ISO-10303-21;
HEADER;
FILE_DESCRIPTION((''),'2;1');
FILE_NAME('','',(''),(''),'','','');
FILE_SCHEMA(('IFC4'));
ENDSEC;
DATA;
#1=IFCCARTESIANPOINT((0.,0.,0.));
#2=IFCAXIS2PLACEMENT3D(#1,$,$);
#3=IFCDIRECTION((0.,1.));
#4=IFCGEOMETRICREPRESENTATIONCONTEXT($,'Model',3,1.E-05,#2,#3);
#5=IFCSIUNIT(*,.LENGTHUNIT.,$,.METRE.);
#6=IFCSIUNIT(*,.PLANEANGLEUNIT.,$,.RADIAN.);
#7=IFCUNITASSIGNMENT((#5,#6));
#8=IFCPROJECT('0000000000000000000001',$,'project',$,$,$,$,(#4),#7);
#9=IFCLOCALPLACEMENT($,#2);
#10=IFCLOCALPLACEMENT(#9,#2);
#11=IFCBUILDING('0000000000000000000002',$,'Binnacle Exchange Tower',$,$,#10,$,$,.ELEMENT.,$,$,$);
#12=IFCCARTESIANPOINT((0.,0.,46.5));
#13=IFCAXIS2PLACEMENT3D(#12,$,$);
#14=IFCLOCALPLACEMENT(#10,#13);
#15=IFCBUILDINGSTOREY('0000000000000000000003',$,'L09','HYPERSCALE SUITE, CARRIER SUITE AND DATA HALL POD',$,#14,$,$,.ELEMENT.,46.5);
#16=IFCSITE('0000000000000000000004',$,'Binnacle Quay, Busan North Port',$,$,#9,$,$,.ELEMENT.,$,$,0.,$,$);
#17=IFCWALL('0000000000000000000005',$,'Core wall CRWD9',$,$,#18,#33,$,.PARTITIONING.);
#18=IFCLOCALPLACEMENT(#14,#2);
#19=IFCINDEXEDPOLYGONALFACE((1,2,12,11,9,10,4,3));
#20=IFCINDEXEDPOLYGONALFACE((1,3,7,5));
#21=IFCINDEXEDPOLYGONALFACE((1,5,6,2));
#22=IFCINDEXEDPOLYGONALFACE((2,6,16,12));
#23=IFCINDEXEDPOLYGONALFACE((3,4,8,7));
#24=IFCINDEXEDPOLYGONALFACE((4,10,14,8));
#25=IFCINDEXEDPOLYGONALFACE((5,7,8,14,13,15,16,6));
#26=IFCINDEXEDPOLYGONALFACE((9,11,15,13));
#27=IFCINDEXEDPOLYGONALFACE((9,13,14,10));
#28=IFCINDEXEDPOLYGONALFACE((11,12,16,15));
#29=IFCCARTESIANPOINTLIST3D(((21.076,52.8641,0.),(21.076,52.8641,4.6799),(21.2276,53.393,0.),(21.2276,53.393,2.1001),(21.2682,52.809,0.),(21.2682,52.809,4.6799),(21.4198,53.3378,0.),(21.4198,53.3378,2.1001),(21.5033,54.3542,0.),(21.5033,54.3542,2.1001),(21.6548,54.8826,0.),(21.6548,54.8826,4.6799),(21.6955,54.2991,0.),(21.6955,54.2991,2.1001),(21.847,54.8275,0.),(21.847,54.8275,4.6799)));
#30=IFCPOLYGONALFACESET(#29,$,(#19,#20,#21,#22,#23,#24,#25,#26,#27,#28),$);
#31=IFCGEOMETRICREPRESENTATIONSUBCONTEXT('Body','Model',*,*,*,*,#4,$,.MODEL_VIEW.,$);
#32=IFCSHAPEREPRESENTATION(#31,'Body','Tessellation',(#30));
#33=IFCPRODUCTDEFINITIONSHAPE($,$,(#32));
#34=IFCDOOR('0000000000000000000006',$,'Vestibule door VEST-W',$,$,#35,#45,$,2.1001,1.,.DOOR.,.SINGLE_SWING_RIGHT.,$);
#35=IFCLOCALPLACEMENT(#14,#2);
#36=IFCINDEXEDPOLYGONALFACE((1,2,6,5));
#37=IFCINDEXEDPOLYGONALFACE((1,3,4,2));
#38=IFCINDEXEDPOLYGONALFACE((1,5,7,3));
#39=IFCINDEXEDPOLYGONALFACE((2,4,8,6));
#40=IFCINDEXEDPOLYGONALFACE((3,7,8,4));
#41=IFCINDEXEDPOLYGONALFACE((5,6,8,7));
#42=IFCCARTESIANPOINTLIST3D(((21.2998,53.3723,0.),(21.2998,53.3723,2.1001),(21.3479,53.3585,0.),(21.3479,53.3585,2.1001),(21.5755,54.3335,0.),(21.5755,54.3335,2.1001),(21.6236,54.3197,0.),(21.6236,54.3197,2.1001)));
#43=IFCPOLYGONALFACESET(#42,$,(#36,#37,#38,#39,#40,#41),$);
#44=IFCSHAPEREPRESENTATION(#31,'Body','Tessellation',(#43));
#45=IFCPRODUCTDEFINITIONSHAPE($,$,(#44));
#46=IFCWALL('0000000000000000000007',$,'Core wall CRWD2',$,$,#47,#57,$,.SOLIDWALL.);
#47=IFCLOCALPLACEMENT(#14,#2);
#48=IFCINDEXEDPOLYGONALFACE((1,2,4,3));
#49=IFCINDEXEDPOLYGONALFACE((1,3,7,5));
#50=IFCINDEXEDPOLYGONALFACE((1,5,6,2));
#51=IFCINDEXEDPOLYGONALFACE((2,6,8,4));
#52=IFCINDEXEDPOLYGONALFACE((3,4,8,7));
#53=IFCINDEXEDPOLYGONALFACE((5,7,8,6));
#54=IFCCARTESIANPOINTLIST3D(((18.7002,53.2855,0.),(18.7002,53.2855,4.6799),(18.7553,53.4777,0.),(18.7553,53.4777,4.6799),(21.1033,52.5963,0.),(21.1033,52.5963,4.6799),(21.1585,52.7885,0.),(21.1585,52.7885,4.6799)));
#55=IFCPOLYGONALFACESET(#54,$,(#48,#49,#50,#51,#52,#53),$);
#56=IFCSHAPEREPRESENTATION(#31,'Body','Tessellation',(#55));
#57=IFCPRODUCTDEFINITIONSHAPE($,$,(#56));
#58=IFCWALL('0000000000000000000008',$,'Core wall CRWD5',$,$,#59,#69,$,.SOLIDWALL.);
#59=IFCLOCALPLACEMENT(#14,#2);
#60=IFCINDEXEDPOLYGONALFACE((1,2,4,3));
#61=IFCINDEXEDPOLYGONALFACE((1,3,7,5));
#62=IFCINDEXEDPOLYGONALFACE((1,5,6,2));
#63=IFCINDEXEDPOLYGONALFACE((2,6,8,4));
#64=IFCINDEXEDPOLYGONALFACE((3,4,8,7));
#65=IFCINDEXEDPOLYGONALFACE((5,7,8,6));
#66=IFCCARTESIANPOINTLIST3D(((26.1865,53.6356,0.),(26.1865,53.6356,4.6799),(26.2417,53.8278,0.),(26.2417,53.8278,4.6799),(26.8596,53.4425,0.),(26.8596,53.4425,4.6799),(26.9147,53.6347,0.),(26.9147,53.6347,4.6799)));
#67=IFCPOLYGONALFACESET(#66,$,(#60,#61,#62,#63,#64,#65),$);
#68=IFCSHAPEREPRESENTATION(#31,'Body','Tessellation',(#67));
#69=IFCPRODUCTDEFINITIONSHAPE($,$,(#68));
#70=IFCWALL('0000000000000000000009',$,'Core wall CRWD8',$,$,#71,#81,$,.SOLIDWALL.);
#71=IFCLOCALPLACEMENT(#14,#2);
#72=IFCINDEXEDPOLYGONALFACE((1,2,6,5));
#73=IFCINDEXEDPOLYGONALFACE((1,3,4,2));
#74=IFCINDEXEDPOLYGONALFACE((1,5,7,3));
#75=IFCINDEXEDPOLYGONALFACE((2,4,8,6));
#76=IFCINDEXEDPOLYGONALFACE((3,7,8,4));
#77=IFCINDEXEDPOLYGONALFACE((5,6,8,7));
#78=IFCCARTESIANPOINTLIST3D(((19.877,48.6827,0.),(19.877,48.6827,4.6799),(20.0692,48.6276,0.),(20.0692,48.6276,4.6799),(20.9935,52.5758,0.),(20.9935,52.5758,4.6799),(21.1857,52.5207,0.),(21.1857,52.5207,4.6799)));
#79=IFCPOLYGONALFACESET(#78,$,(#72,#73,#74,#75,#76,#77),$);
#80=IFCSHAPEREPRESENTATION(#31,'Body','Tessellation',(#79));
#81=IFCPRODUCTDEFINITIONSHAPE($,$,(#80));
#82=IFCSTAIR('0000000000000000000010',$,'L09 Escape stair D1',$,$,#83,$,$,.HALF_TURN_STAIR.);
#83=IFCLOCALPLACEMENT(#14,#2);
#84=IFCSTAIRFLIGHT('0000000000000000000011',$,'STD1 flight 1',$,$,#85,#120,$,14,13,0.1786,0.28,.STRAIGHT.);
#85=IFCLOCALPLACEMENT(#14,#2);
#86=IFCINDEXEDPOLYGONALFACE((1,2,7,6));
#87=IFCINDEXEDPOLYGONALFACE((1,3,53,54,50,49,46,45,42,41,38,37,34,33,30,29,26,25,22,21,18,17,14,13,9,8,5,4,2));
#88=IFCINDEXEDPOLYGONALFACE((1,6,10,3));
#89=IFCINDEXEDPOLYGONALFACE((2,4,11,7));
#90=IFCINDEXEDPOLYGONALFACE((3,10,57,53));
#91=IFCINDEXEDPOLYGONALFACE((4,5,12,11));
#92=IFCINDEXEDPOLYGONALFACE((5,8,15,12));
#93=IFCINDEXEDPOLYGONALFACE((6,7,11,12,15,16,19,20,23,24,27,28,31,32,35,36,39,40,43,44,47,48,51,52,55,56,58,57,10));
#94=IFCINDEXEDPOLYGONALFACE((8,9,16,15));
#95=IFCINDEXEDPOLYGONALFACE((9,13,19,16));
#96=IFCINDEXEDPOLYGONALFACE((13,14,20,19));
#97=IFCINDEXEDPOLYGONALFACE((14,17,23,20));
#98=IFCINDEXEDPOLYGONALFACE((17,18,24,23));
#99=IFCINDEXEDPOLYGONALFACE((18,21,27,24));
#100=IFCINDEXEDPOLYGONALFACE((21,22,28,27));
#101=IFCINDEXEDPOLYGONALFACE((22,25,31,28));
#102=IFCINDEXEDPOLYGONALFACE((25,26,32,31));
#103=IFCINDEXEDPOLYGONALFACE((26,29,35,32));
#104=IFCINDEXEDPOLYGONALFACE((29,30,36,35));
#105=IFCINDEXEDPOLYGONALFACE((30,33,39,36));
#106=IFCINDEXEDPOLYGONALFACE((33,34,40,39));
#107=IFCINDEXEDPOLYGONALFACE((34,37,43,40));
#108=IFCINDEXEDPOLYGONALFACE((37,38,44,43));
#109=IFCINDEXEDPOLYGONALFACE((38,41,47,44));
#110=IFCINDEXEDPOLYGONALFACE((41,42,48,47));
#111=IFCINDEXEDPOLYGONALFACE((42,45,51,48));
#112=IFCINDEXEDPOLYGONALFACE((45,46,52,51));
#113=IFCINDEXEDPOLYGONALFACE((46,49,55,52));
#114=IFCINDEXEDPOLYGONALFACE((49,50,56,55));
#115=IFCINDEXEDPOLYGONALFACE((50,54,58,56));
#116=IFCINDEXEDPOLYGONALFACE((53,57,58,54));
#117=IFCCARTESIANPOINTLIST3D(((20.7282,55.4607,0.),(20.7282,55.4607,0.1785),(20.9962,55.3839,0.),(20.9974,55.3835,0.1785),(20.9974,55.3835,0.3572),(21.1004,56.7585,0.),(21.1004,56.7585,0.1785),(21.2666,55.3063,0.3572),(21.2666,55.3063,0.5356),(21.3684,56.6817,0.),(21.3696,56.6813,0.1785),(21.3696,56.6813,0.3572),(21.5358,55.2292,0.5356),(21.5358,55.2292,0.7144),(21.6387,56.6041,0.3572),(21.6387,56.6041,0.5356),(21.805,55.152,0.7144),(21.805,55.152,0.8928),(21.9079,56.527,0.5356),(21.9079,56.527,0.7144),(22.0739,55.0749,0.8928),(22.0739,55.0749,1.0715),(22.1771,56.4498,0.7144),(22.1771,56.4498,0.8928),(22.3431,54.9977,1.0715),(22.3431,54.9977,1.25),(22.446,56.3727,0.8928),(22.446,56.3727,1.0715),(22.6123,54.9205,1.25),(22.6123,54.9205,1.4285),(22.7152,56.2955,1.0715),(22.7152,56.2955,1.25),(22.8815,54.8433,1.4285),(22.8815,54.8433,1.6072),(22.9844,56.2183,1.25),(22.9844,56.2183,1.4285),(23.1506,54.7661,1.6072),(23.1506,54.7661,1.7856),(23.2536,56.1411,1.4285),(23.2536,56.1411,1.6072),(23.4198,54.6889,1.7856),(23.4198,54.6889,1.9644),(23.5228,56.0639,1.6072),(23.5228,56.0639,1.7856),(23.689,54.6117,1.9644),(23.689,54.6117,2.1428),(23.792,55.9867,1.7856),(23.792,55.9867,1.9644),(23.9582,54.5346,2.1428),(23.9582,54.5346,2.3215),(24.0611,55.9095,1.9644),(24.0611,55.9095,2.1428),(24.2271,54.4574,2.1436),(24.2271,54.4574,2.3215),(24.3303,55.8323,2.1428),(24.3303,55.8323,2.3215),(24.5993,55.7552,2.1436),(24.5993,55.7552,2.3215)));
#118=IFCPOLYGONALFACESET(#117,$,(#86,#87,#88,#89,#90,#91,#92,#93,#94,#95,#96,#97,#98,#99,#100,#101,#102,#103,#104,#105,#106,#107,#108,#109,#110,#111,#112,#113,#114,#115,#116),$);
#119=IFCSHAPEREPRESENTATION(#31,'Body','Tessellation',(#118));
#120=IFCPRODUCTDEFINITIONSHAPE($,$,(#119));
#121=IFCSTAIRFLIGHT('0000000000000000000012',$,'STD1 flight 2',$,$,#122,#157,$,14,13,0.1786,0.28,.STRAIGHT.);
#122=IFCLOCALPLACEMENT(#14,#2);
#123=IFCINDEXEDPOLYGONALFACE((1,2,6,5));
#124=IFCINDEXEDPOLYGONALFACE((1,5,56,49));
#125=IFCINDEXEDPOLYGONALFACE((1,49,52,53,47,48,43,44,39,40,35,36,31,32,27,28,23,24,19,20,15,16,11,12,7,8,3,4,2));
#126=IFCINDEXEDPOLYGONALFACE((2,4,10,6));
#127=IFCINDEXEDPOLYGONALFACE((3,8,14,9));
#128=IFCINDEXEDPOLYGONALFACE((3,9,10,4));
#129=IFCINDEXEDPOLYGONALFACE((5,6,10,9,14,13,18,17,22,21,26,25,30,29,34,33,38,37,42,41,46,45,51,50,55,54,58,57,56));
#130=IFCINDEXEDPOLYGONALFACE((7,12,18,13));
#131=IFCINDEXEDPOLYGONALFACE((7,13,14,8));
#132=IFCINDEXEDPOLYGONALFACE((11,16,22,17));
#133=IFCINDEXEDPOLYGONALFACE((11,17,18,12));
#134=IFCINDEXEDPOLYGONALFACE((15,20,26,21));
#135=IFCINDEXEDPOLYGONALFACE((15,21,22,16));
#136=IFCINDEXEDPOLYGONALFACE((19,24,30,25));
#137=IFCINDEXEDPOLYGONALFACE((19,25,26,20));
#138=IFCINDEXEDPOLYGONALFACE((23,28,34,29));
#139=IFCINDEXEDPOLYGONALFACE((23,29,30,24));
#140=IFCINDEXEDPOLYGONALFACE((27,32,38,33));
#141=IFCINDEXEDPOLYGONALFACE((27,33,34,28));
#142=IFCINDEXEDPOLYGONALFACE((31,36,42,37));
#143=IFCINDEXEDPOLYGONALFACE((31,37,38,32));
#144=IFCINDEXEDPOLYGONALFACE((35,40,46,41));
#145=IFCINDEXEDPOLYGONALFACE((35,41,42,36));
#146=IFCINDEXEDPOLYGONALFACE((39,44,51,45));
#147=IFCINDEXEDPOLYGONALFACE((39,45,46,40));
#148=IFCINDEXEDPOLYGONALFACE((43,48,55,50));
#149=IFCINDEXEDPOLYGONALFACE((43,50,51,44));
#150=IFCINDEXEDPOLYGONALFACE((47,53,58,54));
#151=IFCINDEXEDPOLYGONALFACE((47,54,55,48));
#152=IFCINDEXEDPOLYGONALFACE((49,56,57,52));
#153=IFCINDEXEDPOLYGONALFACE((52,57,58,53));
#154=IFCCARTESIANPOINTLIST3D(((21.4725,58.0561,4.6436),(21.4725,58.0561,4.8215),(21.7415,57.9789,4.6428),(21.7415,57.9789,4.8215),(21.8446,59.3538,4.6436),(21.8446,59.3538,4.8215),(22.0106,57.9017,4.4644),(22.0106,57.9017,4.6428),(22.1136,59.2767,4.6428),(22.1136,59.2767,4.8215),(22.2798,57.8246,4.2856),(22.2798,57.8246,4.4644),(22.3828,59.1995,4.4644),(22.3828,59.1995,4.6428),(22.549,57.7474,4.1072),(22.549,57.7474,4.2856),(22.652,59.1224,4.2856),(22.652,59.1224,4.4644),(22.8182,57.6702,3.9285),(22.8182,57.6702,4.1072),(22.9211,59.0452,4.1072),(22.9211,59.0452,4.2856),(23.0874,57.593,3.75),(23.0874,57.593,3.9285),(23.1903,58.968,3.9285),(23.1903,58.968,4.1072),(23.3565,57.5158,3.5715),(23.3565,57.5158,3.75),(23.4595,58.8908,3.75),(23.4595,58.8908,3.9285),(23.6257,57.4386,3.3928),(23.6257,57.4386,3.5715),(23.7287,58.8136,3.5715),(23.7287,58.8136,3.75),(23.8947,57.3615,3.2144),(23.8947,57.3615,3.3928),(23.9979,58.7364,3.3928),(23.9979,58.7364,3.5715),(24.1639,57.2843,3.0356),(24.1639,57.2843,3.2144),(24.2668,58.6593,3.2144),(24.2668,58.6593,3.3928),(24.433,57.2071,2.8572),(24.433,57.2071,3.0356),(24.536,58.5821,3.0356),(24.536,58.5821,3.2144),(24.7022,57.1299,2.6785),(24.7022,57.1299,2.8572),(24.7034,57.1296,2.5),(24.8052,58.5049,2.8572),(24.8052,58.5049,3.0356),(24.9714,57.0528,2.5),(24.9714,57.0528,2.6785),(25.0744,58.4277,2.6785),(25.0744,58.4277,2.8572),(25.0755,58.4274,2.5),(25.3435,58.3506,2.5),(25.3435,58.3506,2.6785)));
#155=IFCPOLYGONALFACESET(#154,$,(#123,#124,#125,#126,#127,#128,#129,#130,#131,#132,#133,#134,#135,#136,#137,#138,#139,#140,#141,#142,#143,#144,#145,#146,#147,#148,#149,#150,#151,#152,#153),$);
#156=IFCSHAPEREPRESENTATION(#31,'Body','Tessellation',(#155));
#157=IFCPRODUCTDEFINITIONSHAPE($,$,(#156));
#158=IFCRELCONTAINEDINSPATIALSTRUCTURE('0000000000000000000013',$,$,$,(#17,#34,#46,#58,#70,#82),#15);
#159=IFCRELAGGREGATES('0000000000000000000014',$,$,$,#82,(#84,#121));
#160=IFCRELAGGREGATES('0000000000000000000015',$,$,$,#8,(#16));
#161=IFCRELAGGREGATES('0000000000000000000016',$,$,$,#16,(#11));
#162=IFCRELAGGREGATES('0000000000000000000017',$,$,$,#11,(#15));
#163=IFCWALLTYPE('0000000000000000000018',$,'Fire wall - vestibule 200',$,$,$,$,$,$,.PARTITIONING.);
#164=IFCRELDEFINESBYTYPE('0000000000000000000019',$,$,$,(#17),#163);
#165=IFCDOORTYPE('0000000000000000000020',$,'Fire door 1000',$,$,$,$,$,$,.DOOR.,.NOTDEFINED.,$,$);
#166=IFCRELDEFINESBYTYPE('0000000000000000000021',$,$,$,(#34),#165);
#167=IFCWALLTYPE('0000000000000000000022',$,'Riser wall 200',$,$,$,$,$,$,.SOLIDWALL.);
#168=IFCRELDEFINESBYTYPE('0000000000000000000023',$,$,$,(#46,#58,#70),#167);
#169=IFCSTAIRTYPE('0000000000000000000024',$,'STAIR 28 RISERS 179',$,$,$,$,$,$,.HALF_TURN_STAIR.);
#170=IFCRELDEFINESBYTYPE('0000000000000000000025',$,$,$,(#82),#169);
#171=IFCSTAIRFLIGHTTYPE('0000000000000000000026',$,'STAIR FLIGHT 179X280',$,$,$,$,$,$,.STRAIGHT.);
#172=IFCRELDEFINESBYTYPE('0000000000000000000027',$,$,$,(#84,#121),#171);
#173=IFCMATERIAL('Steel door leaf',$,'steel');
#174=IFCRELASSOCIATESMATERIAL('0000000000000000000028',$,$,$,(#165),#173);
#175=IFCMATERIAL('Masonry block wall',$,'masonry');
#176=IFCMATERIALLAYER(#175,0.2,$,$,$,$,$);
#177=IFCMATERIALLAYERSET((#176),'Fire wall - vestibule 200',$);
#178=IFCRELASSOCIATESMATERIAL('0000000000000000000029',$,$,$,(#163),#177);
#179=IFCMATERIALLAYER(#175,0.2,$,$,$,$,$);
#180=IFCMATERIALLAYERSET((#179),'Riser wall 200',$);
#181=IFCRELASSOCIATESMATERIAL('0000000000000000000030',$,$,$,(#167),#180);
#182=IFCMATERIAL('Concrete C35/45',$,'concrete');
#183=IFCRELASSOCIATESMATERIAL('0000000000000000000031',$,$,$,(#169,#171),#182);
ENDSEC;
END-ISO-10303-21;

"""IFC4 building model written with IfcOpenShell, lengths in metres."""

from ifc_helpers import new_model, si_unit, direction, frame, frame_2d, origin, place, context, subcontext, project, spatial, polyline, rectangle, outline, extrude, material, layer, layer_set, type_object, element, fill, aggregate, save


model = new_model("IFC4")

# Units and contexts
model_context = context("Model", 3, precision=1e-05, world=origin(), true_north=direction((0.0, 1.0)))
body_context = subcontext(model_context, "Body", "Model", "MODEL_VIEW")
ifc_project = project(units=[si_unit("LENGTHUNIT", "METRE"), si_unit("PLANEANGLEUNIT", "RADIAN")], contexts=[model_context])

# Site, building, storey
site_placement = place(None, origin())
site = spatial("IfcSite", under=ifc_project, at=site_placement, Name="Binnacle Quay, Busan North Port", CompositionType="ELEMENT", RefElevation=0.0)
building_placement = place(site_placement, origin())
building = spatial("IfcBuilding", under=site, at=building_placement, Name="Binnacle Exchange Tower", CompositionType="ELEMENT")
storey_placement = place(building_placement, frame((0.0, 0.0, 46.5)))
storey = spatial("IfcBuildingStorey", under=building, at=storey_placement, Name="L09", Description="HYPERSCALE SUITE, CARRIER SUITE AND DATA HALL POD", CompositionType="ELEMENT", Elevation=46.5)

# Shared definitions
ifc_material_1 = material(Name="Steel door leaf", Category="steel")

# Shared definitions
door_type_1 = type_object("IfcDoorType", Name="Fire door 1000", OperationType="NOTDEFINED", PredefinedType="DOOR", material=ifc_material_1)

# Shared definitions
ifc_material_2 = material(Name="Masonry block wall", Category="masonry")

# Wall, opening, door
ifc_layer_1 = layer(ifc_material_2, 0.2)
ifc_layer_set_1 = layer_set([ifc_layer_1], Name="Fire wall - vestibule 200")
wall_type_1 = type_object("IfcWallType", Name="Fire wall - vestibule 200", PredefinedType="PARTITIONING", material=ifc_layer_set_1)
wall_1_placement = place(storey_placement, frame((21.1721, 52.8367, 0.0), z_axis=(0.0, 0.0, 1.0), x_axis=(0.275658, 0.961256, 0.0)))
wall_1 = element("IfcWall", 1, at=wall_1_placement, inside=storey, type_object=wall_type_1, Name="Core wall CRWD9", PredefinedType="PARTITIONING", context=body_context, shape_type="SweptSolid", body=[
    extrude(rectangle(XDim=2.0999, YDim=0.2, at=frame_2d((1.0498, 0.0))), origin(), (0.0, 0.0, 1.0), 4.6799),
])
opening_1_placement = place(wall_1_placement, frame((0.55, 0.0, 0.0)))
opening_1 = element("IfcOpeningElement", 2, at=opening_1_placement, cuts=wall_1, PredefinedType="OPENING", context=body_context, shape_type="SweptSolid", body=[
    extrude(rectangle(XDim=1.0, YDim=2.1001, at=frame_2d((0.5, 1.05))), frame((0.0, 0.1099, 0.0), z_axis=(0.0, -1.0, 0.0), x_axis=(1.0, 0.0, 0.0)), (0.0, 0.0, 1.0), 0.22),
])
door_1_placement = place(opening_1_placement, origin())
door_1 = element("IfcDoor", 3, at=door_1_placement, inside=storey, type_object=door_type_1, Name="Vestibule door VEST-W", OperationType="SINGLE_SWING_RIGHT", OverallHeight=2.1001, OverallWidth=1.0, PredefinedType="DOOR", context=body_context, shape_type="SweptSolid", body=[
    extrude(rectangle(XDim=1.0, YDim=2.1001, at=frame_2d((0.5, 1.05))), frame((0.0, 0.0249, 0.0), z_axis=(0.0, -1.0, 0.0), x_axis=(1.0, 0.0, 0.0)), (0.0, 0.0, 1.0), 0.05),
])
fill(opening_1, door_1)

# Walls
ifc_layer_2 = layer(ifc_material_2, 0.2)
ifc_layer_set_2 = layer_set([ifc_layer_2], Name="Riser wall 200")
wall_type_2 = type_object("IfcWallType", Name="Riser wall 200", PredefinedType="SOLIDWALL", material=ifc_layer_set_2)
wall_2_placement = place(storey_placement, frame((18.7278, 53.3816, 0.0), z_axis=(0.0, 0.0, 1.0), x_axis=(0.961247, -0.275688, 0.0)))
element("IfcWall", 4, at=wall_2_placement, inside=storey, type_object=wall_type_2, Name="Core wall CRWD2", PredefinedType="SOLIDWALL", context=body_context, shape_type="SweptSolid", body=[
    extrude(rectangle(XDim=2.5, YDim=0.2, at=frame_2d((1.25, 0.0))), origin(), (0.0, 0.0, 1.0), 4.6799),
])
wall_3_placement = place(storey_placement, frame((26.2141, 53.7317, 0.0), z_axis=(0.0, 0.0, 1.0), x_axis=(0.961221, -0.27578, 0.0)))
element("IfcWall", 5, at=wall_3_placement, inside=storey, type_object=wall_type_2, Name="Core wall CRWD5", PredefinedType="SOLIDWALL", context=body_context, shape_type="SweptSolid", body=[
    extrude(rectangle(XDim=0.7002, YDim=0.2, at=frame_2d((0.3501, 0.0))), origin(), (0.0, 0.0, 1.0), 4.6799),
])
wall_4_placement = place(storey_placement, frame((19.9731, 48.6553, 0.0), z_axis=(0.0, 0.0, 1.0), x_axis=(0.275668, 0.961253, 0.0)))
element("IfcWall", 6, at=wall_4_placement, inside=storey, type_object=wall_type_2, Name="Core wall CRWD8", PredefinedType="SOLIDWALL", context=body_context, shape_type="SweptSolid", body=[
    extrude(rectangle(XDim=4.05, YDim=0.2, at=frame_2d((2.0249, 0.0))), origin(), (0.0, 0.0, 1.0), 4.6799),
])

# Stair, stair flights
ifc_material_3 = material(Name="Concrete C35/45", Category="concrete")
stair_type = type_object("IfcStairType", Name="STAIR 28 RISERS 179", PredefinedType="HALF_TURN_STAIR", material=ifc_material_3)
stair_placement = place(storey_placement, origin())
stair = element("IfcStair", 7, at=stair_placement, inside=storey, type_object=stair_type, Name="L09 Escape stair D1", PredefinedType="HALF_TURN_STAIR")
stair_flight_type = type_object("IfcStairFlightType", Name="STAIR FLIGHT 179X280", PredefinedType="STRAIGHT", material=ifc_material_3)
stair_flight_1_placement = place(storey_placement, frame((20.9143, 56.1096, 0.0), z_axis=(0.0, 0.0, 1.0), x_axis=(0.961262, -0.275637, 0.0)))
stair_flight_1 = element("IfcStairFlight", 8, at=stair_flight_1_placement, type_object=stair_flight_type, Name="STD1 flight 1", NumberOfRisers=14, NumberOfTreads=13, PredefinedType="STRAIGHT", RiserHeight=0.1786, TreadLength=0.28, context=body_context, shape_type="SweptSolid", body=[
    extrude(outline(polyline([(0.0, 0.0), (0.0, 0.1785), (0.28, 0.1785), (0.28, 0.3572), (0.5601, 0.3572), (0.5601, 0.5356), (0.8401, 0.5356), (0.8401, 0.7144), (1.1201, 0.7144), (1.1201, 0.8928), (1.3999, 0.8928), (1.3999, 1.0715), (1.6799, 1.0715), (1.6799, 1.25), (1.96, 1.25), (1.96, 1.4285), (2.24, 1.4285), (2.24, 1.6072), (2.52, 1.6072), (2.52, 1.7856), (2.8, 1.7856), (2.8, 1.9644), (3.0801, 1.9644), (3.0801, 2.1428), (3.3601, 2.1428), (3.3601, 2.3215), (3.6399, 2.3215), (3.6399, 2.5), (3.6399, 2.1436), (0.2788, 0.0), (0.0, 0.0)])), frame((0.0, 0.675, 0.0), z_axis=(0.0, -1.0, 0.0), x_axis=(1.0, 0.0, 0.0)), (0.0, 0.0, 1.0), 1.3501),
])
stair_flight_2_placement = place(storey_placement, frame((25.1575, 57.7017, 2.5), z_axis=(0.0, 0.0, 1.0), x_axis=(-0.961262, 0.275637, 0.0)))
stair_flight_2 = element("IfcStairFlight", 9, at=stair_flight_2_placement, type_object=stair_flight_type, Name="STD1 flight 2", NumberOfRisers=14, NumberOfTreads=13, PredefinedType="STRAIGHT", RiserHeight=0.1786, TreadLength=0.28, context=body_context, shape_type="SweptSolid", body=[
    extrude(outline(polyline([(0.0, 0.0), (0.0, 0.1785), (0.28, 0.1785), (0.28, 0.3572), (0.5601, 0.3572), (0.5601, 0.5356), (0.8401, 0.5356), (0.8401, 0.7144), (1.1201, 0.7144), (1.1201, 0.8928), (1.3999, 0.8928), (1.3999, 1.0715), (1.6799, 1.0715), (1.6799, 1.25), (1.96, 1.25), (1.96, 1.4285), (2.24, 1.4285), (2.24, 1.6072), (2.52, 1.6072), (2.52, 1.7856), (2.8, 1.7856), (2.8, 1.9644), (3.0801, 1.9644), (3.0801, 2.1428), (3.3601, 2.1428), (3.3601, 2.3215), (3.6399, 2.3215), (3.6399, 2.5), (3.6399, 2.1436), (0.2788, 0.0), (0.0, 0.0)])), frame((0.0, 0.675, 0.0), z_axis=(0.0, -1.0, 0.0), x_axis=(1.0, 0.0, 0.0)), (0.0, 0.0, 1.0), 1.3501),
])
aggregate(stair, [stair_flight_1, stair_flight_2])

save(model, "model.ifc")
